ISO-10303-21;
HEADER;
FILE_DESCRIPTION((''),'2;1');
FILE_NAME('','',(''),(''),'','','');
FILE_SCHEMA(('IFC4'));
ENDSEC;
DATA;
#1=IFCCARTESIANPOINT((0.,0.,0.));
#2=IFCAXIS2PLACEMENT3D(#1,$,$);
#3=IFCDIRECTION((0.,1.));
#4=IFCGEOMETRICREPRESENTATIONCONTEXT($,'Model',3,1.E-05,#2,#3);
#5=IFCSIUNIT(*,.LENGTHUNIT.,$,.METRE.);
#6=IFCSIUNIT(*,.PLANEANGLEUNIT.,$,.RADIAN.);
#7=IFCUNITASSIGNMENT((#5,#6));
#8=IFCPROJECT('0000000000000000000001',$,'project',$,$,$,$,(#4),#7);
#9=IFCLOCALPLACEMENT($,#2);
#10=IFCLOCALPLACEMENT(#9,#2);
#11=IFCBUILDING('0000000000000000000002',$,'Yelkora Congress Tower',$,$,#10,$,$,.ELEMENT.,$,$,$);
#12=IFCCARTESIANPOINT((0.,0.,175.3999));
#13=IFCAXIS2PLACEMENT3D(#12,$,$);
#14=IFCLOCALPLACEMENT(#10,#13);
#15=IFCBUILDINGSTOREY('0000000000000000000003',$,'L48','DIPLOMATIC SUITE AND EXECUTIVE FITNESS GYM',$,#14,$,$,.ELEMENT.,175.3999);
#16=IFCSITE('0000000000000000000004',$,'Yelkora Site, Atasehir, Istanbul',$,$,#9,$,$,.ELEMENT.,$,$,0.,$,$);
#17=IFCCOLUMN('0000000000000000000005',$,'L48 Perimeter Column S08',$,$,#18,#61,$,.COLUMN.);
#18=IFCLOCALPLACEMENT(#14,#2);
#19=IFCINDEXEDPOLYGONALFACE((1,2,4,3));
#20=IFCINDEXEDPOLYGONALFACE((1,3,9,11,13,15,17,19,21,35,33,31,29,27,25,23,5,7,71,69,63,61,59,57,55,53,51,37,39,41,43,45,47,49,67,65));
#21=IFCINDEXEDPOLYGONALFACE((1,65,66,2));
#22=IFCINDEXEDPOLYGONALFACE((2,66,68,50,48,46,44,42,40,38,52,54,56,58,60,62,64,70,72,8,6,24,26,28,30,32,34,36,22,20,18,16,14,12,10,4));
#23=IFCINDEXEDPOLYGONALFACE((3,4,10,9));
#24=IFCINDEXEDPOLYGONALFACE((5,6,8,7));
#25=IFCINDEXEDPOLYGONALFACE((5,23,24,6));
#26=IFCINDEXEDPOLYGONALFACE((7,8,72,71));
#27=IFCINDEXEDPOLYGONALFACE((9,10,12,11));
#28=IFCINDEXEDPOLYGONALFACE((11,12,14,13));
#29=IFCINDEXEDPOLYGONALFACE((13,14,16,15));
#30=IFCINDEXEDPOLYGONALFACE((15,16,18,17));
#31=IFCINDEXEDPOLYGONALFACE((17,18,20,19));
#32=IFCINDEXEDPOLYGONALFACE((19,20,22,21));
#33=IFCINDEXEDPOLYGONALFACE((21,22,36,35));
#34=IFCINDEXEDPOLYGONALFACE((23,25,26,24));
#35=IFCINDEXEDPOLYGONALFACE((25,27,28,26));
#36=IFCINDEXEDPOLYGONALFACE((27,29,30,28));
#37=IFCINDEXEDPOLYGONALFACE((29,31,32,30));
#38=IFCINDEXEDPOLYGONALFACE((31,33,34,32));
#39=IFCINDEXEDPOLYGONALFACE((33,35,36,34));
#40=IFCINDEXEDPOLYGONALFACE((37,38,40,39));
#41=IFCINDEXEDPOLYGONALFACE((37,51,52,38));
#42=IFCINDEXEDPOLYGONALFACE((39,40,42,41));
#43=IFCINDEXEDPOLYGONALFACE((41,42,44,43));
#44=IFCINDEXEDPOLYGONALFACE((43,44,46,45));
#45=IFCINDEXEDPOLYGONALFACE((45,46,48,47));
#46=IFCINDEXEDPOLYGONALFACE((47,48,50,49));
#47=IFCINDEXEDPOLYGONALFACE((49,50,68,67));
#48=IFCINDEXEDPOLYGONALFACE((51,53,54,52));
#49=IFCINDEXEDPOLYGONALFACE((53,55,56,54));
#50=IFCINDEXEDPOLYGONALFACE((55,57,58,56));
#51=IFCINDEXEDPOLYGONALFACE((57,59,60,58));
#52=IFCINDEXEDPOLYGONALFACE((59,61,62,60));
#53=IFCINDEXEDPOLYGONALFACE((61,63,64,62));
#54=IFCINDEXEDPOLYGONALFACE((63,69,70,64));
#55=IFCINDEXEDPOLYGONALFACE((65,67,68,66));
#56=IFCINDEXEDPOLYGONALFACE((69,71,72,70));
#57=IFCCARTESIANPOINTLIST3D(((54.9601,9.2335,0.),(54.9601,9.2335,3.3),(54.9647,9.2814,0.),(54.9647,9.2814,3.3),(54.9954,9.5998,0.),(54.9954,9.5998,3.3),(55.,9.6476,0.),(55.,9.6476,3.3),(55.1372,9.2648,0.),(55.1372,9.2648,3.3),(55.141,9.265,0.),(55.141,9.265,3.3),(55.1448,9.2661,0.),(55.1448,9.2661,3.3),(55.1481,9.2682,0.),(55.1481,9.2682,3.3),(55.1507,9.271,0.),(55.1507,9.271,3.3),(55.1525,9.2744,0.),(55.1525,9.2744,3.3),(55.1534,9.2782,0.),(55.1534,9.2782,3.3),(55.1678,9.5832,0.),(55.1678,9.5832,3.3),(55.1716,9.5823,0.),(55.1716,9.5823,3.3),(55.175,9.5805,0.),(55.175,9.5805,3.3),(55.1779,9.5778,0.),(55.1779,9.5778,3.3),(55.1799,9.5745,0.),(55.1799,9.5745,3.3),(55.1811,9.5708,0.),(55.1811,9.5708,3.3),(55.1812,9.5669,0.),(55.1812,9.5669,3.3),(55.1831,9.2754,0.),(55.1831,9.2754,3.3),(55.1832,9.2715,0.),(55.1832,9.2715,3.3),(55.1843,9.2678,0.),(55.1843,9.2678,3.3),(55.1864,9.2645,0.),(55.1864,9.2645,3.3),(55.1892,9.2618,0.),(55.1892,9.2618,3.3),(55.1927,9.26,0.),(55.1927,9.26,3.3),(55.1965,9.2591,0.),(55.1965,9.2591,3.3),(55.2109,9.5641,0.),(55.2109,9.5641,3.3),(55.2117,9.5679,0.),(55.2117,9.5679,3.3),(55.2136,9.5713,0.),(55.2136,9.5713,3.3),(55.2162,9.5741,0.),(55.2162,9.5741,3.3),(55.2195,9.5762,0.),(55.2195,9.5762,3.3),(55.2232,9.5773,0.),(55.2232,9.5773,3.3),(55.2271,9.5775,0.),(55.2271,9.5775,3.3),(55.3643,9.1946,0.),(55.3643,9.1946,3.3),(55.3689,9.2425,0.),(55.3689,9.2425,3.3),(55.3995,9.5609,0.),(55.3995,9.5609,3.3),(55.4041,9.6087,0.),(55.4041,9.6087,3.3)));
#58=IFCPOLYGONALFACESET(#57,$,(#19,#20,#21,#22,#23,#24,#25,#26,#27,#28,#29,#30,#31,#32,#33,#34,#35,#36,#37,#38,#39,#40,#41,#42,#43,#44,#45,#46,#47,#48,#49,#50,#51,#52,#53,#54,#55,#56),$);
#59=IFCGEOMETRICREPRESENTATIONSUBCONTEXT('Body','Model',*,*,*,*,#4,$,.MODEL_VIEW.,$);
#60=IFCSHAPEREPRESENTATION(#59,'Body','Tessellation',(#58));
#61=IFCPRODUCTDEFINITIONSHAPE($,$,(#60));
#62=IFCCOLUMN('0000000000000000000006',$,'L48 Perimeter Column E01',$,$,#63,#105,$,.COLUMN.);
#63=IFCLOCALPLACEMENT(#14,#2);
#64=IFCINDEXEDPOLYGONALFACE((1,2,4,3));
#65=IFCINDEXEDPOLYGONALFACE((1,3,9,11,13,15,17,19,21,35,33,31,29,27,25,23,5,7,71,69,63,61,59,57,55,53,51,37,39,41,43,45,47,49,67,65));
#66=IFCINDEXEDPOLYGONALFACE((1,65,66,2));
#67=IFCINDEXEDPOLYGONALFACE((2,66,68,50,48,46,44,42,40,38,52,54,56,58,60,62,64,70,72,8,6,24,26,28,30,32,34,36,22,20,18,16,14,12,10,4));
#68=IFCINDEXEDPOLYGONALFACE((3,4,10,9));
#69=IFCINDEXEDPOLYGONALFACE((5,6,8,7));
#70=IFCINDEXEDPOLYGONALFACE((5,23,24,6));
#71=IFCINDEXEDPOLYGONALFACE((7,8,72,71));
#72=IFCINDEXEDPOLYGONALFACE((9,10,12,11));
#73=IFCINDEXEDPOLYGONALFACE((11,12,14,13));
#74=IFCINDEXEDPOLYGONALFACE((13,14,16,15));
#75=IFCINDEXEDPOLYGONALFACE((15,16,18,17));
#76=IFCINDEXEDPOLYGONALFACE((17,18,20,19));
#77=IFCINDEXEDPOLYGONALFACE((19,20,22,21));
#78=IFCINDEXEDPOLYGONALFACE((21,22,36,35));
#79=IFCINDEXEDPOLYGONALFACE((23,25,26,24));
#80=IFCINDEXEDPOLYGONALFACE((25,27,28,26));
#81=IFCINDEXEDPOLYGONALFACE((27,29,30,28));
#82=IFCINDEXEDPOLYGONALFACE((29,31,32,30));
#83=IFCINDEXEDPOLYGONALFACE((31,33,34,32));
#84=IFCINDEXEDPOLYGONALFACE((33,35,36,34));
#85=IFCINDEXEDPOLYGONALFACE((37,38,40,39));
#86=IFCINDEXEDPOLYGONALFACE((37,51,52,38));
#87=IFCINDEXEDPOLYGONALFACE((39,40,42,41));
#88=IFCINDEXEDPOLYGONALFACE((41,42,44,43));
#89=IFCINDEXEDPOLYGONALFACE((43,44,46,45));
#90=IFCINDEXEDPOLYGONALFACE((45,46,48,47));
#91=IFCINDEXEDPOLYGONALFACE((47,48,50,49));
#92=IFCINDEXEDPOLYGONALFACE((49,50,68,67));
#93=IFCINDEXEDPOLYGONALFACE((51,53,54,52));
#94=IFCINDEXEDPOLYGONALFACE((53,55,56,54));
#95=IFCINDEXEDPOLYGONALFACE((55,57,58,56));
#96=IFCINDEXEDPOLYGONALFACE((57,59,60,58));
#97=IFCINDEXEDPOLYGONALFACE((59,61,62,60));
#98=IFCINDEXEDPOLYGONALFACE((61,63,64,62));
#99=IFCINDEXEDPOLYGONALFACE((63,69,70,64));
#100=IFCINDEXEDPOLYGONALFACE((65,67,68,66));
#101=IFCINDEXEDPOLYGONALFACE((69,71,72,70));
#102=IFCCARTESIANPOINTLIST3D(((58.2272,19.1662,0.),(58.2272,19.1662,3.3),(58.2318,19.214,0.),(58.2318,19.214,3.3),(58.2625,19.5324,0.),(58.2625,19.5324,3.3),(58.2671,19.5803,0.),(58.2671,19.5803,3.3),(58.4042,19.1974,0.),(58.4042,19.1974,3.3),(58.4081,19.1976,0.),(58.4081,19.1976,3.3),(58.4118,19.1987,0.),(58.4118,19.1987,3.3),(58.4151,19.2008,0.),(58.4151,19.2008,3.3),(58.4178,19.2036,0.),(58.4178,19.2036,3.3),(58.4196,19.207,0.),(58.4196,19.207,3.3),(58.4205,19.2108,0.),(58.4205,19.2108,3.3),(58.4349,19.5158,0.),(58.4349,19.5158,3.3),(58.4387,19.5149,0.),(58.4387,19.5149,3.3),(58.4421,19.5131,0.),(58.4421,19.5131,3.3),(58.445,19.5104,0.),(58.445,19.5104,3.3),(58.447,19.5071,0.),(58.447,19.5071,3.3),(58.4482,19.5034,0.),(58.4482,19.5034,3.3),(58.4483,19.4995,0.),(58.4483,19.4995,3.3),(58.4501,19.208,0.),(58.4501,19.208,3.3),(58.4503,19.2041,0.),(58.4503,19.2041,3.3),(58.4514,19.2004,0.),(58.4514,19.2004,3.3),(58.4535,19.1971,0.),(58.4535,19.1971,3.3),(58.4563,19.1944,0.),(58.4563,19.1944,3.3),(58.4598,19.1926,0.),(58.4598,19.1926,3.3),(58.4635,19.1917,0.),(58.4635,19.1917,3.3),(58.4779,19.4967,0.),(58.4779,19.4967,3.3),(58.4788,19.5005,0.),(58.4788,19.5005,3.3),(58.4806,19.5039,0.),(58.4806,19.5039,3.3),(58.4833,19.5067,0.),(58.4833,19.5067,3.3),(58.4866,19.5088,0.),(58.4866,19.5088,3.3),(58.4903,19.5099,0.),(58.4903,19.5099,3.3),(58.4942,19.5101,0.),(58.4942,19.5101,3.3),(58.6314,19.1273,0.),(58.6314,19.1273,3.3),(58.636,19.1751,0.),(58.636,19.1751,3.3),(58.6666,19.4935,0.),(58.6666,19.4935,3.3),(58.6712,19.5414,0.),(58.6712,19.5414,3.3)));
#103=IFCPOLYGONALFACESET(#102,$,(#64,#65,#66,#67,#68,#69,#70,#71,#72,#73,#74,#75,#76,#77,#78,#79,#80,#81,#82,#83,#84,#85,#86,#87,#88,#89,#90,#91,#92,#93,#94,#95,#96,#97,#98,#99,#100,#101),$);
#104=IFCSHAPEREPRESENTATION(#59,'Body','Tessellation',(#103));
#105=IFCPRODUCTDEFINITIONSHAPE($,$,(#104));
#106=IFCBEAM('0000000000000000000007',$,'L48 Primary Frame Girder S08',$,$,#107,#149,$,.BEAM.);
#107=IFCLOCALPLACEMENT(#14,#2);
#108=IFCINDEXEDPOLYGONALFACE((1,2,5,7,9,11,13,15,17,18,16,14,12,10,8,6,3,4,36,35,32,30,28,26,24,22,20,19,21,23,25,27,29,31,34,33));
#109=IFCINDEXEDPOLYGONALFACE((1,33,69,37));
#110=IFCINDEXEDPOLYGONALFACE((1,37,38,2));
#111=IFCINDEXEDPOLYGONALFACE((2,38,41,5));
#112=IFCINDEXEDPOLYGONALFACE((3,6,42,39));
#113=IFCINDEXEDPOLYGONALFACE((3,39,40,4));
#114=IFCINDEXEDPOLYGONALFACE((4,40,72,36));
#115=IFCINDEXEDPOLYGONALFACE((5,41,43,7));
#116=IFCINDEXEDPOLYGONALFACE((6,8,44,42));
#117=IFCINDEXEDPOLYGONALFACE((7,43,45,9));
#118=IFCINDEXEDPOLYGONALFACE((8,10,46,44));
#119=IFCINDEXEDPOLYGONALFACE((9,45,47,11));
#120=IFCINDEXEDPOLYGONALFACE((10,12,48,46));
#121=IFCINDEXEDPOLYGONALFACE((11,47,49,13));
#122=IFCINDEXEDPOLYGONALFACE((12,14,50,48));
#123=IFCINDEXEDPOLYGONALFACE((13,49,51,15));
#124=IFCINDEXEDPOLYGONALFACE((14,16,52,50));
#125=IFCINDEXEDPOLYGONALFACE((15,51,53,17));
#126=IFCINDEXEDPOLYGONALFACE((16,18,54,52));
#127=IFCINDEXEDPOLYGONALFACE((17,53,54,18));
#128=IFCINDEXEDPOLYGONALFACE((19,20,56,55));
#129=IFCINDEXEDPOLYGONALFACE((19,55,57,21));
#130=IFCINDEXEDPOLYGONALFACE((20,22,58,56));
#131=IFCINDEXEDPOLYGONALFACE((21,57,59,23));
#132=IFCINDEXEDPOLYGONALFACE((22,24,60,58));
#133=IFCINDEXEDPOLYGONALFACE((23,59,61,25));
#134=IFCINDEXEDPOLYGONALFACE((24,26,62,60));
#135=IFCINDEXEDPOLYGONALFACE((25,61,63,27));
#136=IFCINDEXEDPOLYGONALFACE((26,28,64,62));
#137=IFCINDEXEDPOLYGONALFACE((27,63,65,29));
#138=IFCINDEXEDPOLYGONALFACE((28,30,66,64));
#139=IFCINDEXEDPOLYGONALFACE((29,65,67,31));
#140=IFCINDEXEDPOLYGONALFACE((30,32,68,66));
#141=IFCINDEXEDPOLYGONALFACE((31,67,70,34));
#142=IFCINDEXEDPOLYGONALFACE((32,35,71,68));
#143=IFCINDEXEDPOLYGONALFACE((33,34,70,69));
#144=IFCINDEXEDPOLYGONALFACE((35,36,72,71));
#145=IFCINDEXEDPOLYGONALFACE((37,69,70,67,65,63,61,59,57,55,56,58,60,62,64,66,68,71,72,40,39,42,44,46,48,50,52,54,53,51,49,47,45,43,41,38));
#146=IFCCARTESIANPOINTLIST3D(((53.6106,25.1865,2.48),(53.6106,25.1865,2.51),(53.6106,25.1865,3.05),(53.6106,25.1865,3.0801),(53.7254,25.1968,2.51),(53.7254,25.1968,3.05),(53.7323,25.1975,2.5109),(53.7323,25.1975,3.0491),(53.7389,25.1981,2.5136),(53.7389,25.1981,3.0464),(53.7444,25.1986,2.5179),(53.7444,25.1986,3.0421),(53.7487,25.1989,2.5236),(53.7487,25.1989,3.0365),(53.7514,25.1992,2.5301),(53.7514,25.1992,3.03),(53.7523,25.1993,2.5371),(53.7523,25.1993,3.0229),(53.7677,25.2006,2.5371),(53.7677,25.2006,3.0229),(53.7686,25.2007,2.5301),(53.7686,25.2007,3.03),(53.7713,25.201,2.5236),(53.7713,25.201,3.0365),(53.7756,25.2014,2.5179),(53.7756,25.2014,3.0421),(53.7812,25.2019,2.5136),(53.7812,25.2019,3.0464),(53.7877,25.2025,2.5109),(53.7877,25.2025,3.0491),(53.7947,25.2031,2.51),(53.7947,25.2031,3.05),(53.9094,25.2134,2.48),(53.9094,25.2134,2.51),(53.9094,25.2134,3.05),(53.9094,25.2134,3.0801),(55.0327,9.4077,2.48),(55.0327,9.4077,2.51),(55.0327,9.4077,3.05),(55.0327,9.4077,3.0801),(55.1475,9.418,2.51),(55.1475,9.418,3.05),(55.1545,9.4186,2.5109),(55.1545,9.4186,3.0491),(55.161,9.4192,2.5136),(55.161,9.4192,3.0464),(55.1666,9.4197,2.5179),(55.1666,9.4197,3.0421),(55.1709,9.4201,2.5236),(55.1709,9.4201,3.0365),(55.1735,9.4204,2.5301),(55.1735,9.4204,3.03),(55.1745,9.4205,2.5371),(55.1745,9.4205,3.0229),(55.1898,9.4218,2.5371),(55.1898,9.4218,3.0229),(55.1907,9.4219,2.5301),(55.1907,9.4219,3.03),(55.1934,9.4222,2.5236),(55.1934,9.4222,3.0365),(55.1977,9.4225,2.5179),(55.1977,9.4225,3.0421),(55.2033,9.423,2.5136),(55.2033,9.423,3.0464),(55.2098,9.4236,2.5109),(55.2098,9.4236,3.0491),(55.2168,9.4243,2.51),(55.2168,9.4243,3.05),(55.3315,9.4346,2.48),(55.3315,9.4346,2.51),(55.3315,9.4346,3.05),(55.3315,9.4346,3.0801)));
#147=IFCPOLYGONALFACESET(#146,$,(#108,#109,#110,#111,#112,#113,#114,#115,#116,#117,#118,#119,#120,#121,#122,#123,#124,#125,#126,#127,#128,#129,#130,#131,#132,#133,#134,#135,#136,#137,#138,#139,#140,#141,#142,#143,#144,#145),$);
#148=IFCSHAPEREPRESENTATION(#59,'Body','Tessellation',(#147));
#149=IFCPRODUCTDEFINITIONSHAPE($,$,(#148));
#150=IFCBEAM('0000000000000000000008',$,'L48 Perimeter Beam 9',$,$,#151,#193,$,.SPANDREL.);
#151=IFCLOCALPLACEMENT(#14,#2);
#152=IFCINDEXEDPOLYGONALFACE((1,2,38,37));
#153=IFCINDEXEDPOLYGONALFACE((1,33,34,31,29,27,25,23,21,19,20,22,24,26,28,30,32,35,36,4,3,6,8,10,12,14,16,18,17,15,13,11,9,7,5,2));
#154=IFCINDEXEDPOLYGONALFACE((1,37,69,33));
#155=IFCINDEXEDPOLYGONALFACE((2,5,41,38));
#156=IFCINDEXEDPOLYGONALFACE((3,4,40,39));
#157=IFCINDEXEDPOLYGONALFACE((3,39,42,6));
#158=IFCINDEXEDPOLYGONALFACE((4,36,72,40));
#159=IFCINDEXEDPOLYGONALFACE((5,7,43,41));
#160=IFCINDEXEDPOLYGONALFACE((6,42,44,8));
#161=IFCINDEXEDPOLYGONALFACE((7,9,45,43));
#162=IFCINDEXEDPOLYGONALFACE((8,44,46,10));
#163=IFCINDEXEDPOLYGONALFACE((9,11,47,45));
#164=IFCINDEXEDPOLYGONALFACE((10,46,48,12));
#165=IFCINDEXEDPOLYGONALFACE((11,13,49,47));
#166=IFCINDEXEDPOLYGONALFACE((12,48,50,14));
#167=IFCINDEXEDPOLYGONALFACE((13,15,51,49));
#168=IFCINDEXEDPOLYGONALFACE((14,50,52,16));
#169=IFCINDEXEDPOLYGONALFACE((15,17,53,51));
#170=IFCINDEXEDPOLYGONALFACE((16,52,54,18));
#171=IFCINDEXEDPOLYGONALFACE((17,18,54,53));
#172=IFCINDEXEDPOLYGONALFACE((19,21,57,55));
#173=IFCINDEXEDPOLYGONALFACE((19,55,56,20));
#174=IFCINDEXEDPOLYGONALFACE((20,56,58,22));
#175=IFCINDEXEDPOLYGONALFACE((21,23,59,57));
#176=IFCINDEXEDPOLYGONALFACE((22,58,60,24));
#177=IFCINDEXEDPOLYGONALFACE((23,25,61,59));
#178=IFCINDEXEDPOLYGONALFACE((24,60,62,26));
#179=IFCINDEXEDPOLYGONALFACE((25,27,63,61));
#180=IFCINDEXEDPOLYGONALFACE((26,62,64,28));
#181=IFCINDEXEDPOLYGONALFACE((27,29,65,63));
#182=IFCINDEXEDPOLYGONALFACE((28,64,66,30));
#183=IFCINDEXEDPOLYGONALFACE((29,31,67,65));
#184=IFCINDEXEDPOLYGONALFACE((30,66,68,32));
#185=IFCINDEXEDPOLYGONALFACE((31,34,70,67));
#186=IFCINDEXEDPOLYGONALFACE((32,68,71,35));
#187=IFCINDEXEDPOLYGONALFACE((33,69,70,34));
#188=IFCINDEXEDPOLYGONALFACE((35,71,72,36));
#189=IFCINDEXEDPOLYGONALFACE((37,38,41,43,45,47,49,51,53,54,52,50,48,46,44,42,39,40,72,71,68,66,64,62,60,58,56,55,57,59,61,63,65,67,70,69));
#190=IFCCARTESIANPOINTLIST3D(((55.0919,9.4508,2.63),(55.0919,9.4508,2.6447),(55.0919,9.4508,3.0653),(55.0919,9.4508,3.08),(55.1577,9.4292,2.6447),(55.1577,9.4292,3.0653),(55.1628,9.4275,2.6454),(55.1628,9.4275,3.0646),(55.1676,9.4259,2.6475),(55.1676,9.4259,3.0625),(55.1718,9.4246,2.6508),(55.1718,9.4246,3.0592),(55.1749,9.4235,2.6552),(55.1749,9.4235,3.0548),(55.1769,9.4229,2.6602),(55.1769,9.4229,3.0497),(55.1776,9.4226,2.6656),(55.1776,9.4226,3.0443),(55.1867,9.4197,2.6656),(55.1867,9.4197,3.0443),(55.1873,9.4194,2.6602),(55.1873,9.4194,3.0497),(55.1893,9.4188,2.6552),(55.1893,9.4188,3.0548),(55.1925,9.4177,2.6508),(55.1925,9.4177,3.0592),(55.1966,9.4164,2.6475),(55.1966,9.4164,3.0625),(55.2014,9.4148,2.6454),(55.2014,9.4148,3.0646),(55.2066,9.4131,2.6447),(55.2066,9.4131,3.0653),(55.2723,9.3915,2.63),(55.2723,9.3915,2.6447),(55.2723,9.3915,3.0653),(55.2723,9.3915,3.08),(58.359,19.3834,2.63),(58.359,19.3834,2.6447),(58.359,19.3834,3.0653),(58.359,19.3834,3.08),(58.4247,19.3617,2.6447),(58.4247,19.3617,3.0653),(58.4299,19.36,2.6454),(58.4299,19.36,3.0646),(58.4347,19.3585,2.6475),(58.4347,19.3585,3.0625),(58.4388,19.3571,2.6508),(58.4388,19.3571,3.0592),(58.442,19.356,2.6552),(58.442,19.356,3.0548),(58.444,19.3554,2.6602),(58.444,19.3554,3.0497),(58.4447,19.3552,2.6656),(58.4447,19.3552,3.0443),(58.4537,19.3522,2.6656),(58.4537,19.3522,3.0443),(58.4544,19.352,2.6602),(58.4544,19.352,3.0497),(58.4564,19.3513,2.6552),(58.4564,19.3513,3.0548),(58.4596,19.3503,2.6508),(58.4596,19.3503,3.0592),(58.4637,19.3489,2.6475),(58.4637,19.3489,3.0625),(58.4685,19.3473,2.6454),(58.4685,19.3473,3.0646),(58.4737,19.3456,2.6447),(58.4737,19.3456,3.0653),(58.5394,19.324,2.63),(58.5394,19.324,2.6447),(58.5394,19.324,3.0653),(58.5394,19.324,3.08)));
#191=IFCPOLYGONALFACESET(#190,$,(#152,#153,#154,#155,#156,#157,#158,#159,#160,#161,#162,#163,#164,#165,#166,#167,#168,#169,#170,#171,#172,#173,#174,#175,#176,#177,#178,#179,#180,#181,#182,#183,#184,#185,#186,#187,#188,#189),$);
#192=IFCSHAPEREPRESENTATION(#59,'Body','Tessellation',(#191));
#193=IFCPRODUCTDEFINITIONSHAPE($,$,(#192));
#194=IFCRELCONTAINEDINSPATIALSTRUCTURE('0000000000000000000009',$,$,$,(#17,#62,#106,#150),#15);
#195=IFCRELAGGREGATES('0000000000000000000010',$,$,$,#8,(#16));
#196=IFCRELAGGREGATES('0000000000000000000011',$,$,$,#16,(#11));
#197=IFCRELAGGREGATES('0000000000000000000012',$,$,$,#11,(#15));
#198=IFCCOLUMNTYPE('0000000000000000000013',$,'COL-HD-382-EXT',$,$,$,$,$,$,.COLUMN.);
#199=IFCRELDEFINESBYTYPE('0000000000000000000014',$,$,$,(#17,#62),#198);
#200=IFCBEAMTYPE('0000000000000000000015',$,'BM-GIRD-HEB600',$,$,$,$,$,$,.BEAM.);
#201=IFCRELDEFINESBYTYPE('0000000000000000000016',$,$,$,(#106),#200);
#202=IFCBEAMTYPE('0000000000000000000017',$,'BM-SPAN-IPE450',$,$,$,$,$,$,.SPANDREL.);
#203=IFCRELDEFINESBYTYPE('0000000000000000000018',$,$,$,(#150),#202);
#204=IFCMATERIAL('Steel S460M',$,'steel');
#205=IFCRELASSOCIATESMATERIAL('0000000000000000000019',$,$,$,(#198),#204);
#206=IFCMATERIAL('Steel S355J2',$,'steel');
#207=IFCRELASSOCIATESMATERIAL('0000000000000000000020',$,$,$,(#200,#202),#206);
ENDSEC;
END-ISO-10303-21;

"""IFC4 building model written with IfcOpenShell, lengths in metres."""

from ifc_helpers import new_model, si_unit, direction, frame, origin, origin_2d, place, context, subcontext, project, spatial, i_section, extrude, material, material_profile, profile_set, type_object, element, save


model = new_model("IFC4")

# Units and contexts
model_context = context("Model", 3, precision=1e-05, world=origin(), true_north=direction((0.0, 1.0)))
body_context = subcontext(model_context, "Body", "Model", "MODEL_VIEW")
ifc_project = project(units=[si_unit("LENGTHUNIT", "METRE"), si_unit("PLANEANGLEUNIT", "RADIAN")], contexts=[model_context])

# Site, building, storey
site_placement = place(None, origin())
site = spatial("IfcSite", under=ifc_project, at=site_placement, Name="Yelkora Site, Atasehir, Istanbul", CompositionType="ELEMENT", RefElevation=0.0)
building_placement = place(site_placement, origin())
building = spatial("IfcBuilding", under=site, at=building_placement, Name="Yelkora Congress Tower", CompositionType="ELEMENT")
storey_placement = place(building_placement, frame((0.0, 0.0, 175.3999)))
storey = spatial("IfcBuildingStorey", under=building, at=storey_placement, Name="L48", Description="DIPLOMATIC SUITE AND EXECUTIVE FITNESS GYM", CompositionType="ELEMENT", Elevation=175.3999)

# Columns
ifc_material_1 = material(Name="Steel S460M", Category="steel")
ifc_material_profile_1 = material_profile(ifc_material_1, i_section(OverallWidth=0.406, OverallDepth=0.416, WebThickness=0.0298, FlangeThickness=0.0481, FilletRadius=0.0149, at=origin_2d()), Name="HD 400x382")
ifc_profile_set_1 = profile_set([ifc_material_profile_1], Name="Steel S460M")
column_type = type_object("IfcColumnType", Name="COL-HD-382-EXT", PredefinedType="COLUMN", material=ifc_profile_set_1)
for number, where, z_axis, x_axis, name in (
    (1, (55.1821, 9.4211, 0.0), (0.0, 0.0, 1.0), (0.995396, -0.095846, 0.0), "L48 Perimeter Column S08"),
    (2, (58.4492, 19.3538, 0.0), (0.0, 0.0, 1.0), (0.995396, -0.095846, 0.0), "L48 Perimeter Column E01"),
):
    element("IfcColumn", number, at=place(storey_placement, frame(where, z_axis=z_axis, x_axis=x_axis)), inside=storey, type_object=column_type, Name=name, PredefinedType="COLUMN", context=body_context, shape_type="SweptSolid", body=[
        extrude(i_section(OverallWidth=0.406, OverallDepth=0.416, WebThickness=0.0298, FlangeThickness=0.0481, FilletRadius=0.0149, at=origin_2d()), origin(), (0.0, 0.0, 1.0), 3.3),
    ])

# Beams
ifc_material_2 = material(Name="Steel S355J2", Category="steel")
ifc_material_profile_2 = material_profile(ifc_material_2, i_section(OverallWidth=0.3, OverallDepth=0.6001, WebThickness=0.0154, FlangeThickness=0.03, FilletRadius=0.0271, at=origin_2d()), Name="HEB 600")
ifc_profile_set_2 = profile_set([ifc_material_profile_2], Name="Steel S355J2")
beam_type_1 = type_object("IfcBeamType", Name="BM-GIRD-HEB600", PredefinedType="BEAM", material=ifc_profile_set_2)
beam_1_placement = place(storey_placement, frame((55.1821, 9.4211, 2.78), z_axis=(-0.089765, 0.995963, 0.0), x_axis=(-0.995963, -0.089765, 0.0)))
element("IfcBeam", 3, at=beam_1_placement, inside=storey, type_object=beam_type_1, Name="L48 Primary Frame Girder S08", PredefinedType="BEAM", context=body_context, shape_type="SweptSolid", body=[
    extrude(i_section(OverallWidth=0.3, OverallDepth=0.6001, WebThickness=0.0154, FlangeThickness=0.03, FilletRadius=0.0271, at=origin_2d()), origin(), (0.0, 0.0, 1.0), 15.8428),
])
ifc_material_profile_3 = material_profile(ifc_material_2, i_section(OverallWidth=0.1899, OverallDepth=0.45, WebThickness=0.0095, FlangeThickness=0.0146, FilletRadius=0.021, at=origin_2d()), Name="IPE 450")
ifc_profile_set_3 = profile_set([ifc_material_profile_3], Name="Steel S355J2")
beam_type_2 = type_object("IfcBeamType", Name="BM-SPAN-IPE450", PredefinedType="SPANDREL", material=ifc_profile_set_3)
beam_2_placement = place(storey_placement, frame((55.1821, 9.4211, 2.855), z_axis=(0.312457, 0.949932, 0.0), x_axis=(-0.949932, 0.312457, 0.0)))
element("IfcBeam", 4, at=beam_2_placement, inside=storey, type_object=beam_type_2, Name="L48 Perimeter Beam 9", PredefinedType="SPANDREL", context=body_context, shape_type="SweptSolid", body=[
    extrude(i_section(OverallWidth=0.1899, OverallDepth=0.45, WebThickness=0.0095, FlangeThickness=0.0146, FilletRadius=0.021, at=origin_2d()), origin(), (0.0, 0.0, 1.0), 10.4561),
])

save(model, "model.ifc")
